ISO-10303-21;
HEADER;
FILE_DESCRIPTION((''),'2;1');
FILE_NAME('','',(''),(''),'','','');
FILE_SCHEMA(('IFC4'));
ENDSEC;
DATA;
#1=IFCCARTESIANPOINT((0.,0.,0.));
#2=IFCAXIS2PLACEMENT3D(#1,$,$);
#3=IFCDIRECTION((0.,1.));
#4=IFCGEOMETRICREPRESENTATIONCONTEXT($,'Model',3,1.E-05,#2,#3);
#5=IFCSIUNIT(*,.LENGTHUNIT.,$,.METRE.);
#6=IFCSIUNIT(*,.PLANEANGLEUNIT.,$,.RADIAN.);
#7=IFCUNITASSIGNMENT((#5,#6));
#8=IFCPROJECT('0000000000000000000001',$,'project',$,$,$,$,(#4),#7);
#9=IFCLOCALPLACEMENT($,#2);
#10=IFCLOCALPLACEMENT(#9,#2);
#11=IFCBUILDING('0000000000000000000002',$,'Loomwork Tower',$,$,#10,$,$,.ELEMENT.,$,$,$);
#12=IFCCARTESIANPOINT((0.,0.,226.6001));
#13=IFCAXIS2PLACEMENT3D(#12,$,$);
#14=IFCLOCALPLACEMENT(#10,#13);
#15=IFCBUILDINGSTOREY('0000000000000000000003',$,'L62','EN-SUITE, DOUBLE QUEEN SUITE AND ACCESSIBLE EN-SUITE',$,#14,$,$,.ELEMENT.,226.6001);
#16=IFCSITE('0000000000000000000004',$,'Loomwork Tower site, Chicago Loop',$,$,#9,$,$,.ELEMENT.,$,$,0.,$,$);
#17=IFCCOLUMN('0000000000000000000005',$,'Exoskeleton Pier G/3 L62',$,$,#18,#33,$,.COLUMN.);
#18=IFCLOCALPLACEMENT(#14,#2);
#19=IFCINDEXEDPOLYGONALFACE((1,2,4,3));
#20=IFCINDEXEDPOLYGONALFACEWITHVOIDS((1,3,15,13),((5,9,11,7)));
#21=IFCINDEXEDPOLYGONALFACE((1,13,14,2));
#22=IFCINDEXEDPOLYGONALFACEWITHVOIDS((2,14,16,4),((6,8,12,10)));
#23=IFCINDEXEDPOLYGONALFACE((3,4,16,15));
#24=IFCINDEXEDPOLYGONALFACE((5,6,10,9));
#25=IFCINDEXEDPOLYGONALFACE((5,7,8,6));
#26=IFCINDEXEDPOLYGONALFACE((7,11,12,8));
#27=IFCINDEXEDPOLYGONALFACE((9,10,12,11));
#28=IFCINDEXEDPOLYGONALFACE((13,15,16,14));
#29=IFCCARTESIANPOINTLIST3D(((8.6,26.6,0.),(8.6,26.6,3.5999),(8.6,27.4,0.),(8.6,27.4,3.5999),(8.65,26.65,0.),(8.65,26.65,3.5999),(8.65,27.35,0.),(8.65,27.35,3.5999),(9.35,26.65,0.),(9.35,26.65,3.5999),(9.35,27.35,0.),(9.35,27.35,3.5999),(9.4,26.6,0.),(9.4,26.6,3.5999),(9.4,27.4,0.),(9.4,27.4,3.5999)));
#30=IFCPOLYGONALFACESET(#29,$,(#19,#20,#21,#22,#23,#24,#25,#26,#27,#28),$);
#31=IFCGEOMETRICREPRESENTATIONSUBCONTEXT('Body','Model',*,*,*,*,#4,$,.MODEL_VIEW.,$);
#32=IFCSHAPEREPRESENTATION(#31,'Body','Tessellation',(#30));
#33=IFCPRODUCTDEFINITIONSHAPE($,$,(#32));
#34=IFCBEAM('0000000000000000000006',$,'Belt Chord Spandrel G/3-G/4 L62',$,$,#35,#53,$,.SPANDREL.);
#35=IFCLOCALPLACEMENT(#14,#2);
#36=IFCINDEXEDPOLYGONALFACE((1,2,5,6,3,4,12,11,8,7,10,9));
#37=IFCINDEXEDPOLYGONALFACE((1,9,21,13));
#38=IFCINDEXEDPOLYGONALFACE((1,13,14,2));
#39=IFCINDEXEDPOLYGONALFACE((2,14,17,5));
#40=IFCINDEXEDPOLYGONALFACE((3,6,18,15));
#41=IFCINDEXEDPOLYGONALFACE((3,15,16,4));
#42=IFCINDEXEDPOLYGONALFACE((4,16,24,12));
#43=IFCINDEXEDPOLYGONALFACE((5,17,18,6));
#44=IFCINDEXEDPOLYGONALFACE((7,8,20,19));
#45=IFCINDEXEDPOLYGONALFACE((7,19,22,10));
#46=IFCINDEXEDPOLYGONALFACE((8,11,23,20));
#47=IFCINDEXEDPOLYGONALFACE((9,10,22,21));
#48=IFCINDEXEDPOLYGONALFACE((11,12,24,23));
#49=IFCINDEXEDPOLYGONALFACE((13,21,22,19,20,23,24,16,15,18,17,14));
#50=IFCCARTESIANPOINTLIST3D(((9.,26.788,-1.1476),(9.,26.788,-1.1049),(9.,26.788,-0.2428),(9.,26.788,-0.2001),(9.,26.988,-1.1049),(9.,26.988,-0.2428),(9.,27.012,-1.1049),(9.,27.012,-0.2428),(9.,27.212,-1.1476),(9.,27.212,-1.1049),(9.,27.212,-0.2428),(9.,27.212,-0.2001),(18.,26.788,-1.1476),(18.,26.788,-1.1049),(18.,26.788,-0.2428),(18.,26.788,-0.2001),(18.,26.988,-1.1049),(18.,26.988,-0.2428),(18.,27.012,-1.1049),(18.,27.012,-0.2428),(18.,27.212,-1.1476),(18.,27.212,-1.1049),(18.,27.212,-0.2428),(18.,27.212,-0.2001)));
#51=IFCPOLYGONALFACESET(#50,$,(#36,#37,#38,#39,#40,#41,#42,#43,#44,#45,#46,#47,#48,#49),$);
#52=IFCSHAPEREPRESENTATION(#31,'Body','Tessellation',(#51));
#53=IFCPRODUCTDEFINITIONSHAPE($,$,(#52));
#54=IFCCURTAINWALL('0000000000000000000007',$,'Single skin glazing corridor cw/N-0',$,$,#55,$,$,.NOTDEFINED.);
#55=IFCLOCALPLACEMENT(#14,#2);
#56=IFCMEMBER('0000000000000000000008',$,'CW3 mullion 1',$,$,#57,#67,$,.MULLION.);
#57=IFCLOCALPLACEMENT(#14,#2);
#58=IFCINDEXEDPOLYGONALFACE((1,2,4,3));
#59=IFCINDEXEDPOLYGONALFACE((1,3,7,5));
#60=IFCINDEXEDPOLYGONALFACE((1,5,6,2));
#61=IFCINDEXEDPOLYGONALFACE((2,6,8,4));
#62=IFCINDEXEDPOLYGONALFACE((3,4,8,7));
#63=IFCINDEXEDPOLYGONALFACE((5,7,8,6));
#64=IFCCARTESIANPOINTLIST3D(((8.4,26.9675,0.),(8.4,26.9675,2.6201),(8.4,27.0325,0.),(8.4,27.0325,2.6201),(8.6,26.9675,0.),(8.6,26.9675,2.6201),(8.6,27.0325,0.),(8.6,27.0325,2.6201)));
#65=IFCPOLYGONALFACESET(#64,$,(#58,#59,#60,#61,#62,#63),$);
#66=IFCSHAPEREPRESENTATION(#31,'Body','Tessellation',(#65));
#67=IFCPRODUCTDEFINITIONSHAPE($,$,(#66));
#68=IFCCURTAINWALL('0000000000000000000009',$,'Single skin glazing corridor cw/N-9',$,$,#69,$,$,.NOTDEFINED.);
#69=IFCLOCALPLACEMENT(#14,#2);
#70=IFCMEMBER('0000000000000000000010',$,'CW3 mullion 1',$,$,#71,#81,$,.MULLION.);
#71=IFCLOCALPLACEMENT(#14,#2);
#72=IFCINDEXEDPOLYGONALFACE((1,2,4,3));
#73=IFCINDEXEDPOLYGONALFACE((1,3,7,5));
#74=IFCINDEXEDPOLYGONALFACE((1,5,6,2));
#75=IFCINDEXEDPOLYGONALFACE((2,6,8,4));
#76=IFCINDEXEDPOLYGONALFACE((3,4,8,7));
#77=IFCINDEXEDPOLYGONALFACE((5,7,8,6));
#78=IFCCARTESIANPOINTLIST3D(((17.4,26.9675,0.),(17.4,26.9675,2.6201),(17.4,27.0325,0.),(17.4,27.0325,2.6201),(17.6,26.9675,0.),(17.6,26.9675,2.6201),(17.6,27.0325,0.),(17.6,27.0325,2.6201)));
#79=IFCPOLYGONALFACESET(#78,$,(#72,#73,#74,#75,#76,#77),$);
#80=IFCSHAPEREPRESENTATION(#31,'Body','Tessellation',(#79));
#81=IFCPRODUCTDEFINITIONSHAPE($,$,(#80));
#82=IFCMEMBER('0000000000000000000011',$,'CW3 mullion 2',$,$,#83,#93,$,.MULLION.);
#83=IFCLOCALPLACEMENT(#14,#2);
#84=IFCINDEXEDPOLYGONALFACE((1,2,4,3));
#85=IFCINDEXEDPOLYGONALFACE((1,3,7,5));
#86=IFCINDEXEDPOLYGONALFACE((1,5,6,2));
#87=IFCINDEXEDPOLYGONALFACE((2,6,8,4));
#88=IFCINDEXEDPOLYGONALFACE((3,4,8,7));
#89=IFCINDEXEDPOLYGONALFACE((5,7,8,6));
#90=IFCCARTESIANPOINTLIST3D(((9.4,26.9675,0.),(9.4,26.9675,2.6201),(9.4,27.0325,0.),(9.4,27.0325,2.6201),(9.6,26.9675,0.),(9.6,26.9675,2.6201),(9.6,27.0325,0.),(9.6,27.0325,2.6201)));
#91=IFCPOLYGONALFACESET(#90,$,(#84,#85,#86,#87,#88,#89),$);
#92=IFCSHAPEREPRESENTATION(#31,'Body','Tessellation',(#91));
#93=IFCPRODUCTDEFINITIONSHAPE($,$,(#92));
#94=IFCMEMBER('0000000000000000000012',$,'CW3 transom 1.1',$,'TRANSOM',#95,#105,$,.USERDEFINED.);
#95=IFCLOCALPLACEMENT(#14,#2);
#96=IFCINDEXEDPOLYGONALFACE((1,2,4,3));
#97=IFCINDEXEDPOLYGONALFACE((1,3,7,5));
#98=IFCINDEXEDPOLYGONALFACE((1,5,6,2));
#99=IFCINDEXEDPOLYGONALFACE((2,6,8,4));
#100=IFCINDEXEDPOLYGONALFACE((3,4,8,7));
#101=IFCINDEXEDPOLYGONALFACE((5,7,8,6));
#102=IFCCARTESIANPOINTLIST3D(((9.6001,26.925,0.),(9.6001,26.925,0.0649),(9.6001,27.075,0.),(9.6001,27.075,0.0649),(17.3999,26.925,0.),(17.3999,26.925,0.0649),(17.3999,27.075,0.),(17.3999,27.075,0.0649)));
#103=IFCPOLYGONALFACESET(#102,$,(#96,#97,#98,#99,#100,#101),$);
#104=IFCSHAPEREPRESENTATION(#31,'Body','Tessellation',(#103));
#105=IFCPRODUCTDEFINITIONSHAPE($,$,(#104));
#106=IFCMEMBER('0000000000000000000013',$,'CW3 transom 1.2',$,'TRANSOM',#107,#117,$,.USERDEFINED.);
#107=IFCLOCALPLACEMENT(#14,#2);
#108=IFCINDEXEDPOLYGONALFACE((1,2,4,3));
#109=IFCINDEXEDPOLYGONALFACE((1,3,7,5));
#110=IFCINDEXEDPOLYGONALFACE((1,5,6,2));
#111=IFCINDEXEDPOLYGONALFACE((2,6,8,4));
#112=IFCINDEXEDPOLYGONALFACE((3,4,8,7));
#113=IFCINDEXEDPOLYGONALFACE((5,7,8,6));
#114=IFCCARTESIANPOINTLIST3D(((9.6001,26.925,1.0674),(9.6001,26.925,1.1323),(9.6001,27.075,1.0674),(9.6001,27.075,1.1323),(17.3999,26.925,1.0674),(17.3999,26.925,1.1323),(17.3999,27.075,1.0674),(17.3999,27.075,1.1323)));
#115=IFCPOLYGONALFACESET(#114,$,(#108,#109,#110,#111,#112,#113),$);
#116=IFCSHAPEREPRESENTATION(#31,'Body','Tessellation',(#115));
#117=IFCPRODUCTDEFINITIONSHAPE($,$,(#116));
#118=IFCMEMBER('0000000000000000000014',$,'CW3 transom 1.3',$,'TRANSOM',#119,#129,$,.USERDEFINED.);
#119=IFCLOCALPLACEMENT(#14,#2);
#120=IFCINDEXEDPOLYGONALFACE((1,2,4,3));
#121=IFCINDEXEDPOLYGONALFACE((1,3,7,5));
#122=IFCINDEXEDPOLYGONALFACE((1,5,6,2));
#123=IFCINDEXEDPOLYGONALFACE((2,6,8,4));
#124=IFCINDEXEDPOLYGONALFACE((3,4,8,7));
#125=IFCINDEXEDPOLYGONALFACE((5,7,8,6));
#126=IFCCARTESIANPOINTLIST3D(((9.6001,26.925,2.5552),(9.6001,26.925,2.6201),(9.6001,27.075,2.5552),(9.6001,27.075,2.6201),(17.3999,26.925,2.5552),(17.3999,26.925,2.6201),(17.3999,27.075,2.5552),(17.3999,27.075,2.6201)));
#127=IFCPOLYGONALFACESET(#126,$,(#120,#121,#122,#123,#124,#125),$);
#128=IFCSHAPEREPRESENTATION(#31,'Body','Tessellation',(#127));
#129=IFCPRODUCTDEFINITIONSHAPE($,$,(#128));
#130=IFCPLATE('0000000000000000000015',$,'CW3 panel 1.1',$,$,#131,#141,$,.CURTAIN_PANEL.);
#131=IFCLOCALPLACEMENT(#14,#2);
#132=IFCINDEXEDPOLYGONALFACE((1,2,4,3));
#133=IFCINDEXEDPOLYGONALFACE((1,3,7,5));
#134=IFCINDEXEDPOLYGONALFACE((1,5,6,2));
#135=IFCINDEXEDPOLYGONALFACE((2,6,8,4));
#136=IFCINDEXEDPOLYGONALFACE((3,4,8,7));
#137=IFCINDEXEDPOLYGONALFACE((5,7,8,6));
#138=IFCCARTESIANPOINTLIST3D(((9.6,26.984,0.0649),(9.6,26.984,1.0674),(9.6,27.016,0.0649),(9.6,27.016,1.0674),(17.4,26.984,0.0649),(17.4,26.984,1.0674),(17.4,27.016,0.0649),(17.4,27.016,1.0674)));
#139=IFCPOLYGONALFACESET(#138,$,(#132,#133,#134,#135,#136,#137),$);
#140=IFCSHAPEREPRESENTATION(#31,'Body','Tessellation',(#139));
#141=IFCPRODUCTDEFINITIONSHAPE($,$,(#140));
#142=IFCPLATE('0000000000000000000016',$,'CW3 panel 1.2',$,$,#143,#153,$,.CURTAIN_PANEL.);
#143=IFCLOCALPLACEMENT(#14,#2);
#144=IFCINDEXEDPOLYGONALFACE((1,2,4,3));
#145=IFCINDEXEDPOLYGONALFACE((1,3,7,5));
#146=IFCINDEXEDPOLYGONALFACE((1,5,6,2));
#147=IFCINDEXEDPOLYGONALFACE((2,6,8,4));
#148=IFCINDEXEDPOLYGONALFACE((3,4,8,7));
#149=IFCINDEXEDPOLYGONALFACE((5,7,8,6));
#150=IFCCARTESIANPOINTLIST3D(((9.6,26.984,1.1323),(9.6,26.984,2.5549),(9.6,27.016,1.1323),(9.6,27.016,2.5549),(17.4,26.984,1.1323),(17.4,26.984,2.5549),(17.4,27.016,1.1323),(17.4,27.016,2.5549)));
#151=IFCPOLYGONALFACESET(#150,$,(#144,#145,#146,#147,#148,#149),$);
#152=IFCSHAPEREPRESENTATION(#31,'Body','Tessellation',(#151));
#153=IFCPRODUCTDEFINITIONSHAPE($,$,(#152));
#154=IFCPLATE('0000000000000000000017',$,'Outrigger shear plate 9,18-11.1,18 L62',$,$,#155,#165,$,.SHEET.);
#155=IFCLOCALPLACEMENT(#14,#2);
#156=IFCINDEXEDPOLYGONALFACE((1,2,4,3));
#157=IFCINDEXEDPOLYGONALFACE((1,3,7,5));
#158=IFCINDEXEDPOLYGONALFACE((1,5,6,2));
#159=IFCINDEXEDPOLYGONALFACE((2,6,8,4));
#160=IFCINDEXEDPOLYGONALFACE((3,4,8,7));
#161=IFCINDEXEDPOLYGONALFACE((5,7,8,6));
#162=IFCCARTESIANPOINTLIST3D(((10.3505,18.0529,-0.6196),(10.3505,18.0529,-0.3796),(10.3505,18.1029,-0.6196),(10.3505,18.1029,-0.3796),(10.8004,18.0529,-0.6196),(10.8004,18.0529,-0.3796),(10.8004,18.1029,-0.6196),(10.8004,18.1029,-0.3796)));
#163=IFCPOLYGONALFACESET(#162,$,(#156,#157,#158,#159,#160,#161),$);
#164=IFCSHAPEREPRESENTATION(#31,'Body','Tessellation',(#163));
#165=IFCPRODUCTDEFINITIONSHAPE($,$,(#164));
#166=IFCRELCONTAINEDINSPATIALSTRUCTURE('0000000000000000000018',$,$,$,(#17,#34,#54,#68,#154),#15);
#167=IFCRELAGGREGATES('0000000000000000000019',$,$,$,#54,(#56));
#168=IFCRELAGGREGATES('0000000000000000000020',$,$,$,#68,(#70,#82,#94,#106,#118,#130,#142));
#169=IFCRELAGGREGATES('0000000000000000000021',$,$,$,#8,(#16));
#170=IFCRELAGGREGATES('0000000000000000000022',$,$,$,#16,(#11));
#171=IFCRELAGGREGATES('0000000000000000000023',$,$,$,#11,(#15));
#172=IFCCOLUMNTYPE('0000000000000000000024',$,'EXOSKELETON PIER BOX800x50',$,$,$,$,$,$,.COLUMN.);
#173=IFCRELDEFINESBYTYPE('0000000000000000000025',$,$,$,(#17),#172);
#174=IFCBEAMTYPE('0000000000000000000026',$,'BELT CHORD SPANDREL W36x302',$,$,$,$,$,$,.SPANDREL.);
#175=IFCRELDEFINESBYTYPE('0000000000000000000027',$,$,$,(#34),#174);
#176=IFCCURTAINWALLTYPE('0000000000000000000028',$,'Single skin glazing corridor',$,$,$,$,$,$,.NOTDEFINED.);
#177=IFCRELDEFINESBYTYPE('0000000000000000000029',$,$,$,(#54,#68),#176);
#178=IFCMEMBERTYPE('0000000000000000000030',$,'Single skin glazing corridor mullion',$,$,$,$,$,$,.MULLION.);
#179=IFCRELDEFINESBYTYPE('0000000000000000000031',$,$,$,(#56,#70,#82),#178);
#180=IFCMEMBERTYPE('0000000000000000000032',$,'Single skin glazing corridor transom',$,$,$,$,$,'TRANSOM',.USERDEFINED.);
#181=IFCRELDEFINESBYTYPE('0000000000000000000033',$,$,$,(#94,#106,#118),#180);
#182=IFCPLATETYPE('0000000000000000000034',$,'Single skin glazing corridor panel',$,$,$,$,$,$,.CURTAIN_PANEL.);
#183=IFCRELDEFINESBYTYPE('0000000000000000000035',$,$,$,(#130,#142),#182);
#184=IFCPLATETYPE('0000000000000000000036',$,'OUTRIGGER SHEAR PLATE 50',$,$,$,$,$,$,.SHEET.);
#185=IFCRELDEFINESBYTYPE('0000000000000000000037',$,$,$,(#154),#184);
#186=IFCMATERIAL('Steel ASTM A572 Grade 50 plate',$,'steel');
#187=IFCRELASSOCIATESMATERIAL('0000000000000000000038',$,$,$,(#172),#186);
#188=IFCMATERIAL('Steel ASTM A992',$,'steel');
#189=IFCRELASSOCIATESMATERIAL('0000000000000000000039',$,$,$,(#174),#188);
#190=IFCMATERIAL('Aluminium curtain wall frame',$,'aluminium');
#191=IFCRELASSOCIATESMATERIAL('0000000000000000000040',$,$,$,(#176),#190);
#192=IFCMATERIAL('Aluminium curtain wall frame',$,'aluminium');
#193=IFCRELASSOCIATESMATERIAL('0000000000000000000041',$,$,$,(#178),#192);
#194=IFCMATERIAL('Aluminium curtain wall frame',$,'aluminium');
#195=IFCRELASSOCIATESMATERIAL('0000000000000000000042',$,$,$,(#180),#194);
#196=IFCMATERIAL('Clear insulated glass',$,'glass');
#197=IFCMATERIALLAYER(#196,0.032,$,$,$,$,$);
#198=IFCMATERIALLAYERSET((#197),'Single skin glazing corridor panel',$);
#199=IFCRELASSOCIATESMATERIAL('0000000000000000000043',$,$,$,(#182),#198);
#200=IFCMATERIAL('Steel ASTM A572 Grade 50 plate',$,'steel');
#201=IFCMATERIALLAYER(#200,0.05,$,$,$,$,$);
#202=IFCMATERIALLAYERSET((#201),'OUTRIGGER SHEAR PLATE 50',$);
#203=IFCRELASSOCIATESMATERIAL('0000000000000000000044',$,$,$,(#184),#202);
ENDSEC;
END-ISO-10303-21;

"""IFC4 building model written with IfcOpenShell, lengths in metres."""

from ifc_helpers import new_model, si_unit, direction, frame, origin, origin_2d, place, context, subcontext, project, spatial, rectangle, hollow_rectangle, i_section, extrude, material, layer, layer_set, material_profile, profile_set, type_object, element, aggregate, save


model = new_model("IFC4")

# Units and contexts
model_context = context("Model", 3, precision=1e-05, world=origin(), true_north=direction((0.0, 1.0)))
body_context = subcontext(model_context, "Body", "Model", "MODEL_VIEW")
ifc_project = project(units=[si_unit("LENGTHUNIT", "METRE"), si_unit("PLANEANGLEUNIT", "RADIAN")], contexts=[model_context])

# Site, building, storey
site_placement = place(None, origin())
site = spatial("IfcSite", under=ifc_project, at=site_placement, Name="Loomwork Tower site, Chicago Loop", CompositionType="ELEMENT", RefElevation=0.0)
building_placement = place(site_placement, origin())
building = spatial("IfcBuilding", under=site, at=building_placement, Name="Loomwork Tower", CompositionType="ELEMENT")
storey_placement = place(building_placement, frame((0.0, 0.0, 226.6001)))
storey = spatial("IfcBuildingStorey", under=building, at=storey_placement, Name="L62", Description="EN-SUITE, DOUBLE QUEEN SUITE AND ACCESSIBLE EN-SUITE", CompositionType="ELEMENT", Elevation=226.6001)

# Column
ifc_material_1 = material(Name="Steel ASTM A572 Grade 50 plate", Category="steel")
ifc_material_profile_1 = material_profile(ifc_material_1, hollow_rectangle(XDim=0.8, YDim=0.8, WallThickness=0.05, at=origin_2d()), Name="BOX800x50")
ifc_profile_set_1 = profile_set([ifc_material_profile_1], Name="Steel ASTM A572 Grade 50 plate")
column_type = type_object("IfcColumnType", Name="EXOSKELETON PIER BOX800x50", PredefinedType="COLUMN", material=ifc_profile_set_1)
column_placement = place(storey_placement, frame((9.0, 27.0, 0.0), z_axis=(0.0, 0.0, 1.0), x_axis=(1.0, 0.0, 0.0)))
element("IfcColumn", 1, at=column_placement, inside=storey, type_object=column_type, Name="Exoskeleton Pier G/3 L62", PredefinedType="COLUMN", context=body_context, shape_type="SweptSolid", body=[
    extrude(hollow_rectangle(XDim=0.8, YDim=0.8, WallThickness=0.05, at=origin_2d()), origin(), (0.0, 0.0, 1.0), 3.5999),
])

# Beam
ifc_material_2 = material(Name="Steel ASTM A992", Category="steel")
ifc_material_profile_2 = material_profile(ifc_material_2, i_section(OverallWidth=0.4241, OverallDepth=0.9475, WebThickness=0.0239, FlangeThickness=0.0427, at=origin_2d()), Name="W36x302")
ifc_profile_set_2 = profile_set([ifc_material_profile_2], Name="Steel ASTM A992")
beam_type = type_object("IfcBeamType", Name="BELT CHORD SPANDREL W36x302", PredefinedType="SPANDREL", material=ifc_profile_set_2)
beam_placement = place(storey_placement, frame((9.0, 27.0, -0.6738), z_axis=(1.0, 0.0, 0.0), x_axis=(0.0, 1.0, 0.0)))
element("IfcBeam", 2, at=beam_placement, inside=storey, type_object=beam_type, Name="Belt Chord Spandrel G/3-G/4 L62", PredefinedType="SPANDREL", context=body_context, shape_type="SweptSolid", body=[
    extrude(i_section(OverallWidth=0.4241, OverallDepth=0.9475, WebThickness=0.0239, FlangeThickness=0.0427, at=origin_2d()), origin(), (0.0, 0.0, 1.0), 9.0),
])

# Curtain wall, member
ifc_material_3 = material(Name="Aluminium curtain wall frame", Category="aluminium")
curtain_wall_type = type_object("IfcCurtainWallType", Name="Single skin glazing corridor", PredefinedType="NOTDEFINED", material=ifc_material_3)
curtain_wall_1_placement = place(storey_placement, origin())
curtain_wall_1 = element("IfcCurtainWall", 3, at=curtain_wall_1_placement, inside=storey, type_object=curtain_wall_type, Name="Single skin glazing corridor cw/N-0", PredefinedType="NOTDEFINED")
ifc_material_4 = material(Name="Aluminium curtain wall frame", Category="aluminium")
ifc_material_profile_3 = material_profile(ifc_material_4, rectangle(XDim=0.0649, YDim=0.2, at=origin_2d()), Name="AL 65x200")
ifc_profile_set_3 = profile_set([ifc_material_profile_3], Name="Aluminium curtain wall frame")
member_type_1 = type_object("IfcMemberType", Name="Single skin glazing corridor mullion", PredefinedType="MULLION", material=ifc_profile_set_3)
member_1_placement = place(storey_placement, frame((8.5, 27.0, 0.0), z_axis=(0.0, 0.0, 1.0), x_axis=(0.0, -1.0, 0.0)))
member_1 = element("IfcMember", 4, at=member_1_placement, type_object=member_type_1, Name="CW3 mullion 1", PredefinedType="MULLION", context=body_context, shape_type="SweptSolid", body=[
    extrude(rectangle(XDim=0.0649, YDim=0.2, at=origin_2d()), origin(), (0.0, 0.0, 1.0), 2.6201),
])
aggregate(curtain_wall_1, [member_1])

# Curtain wall, members, plates
curtain_wall_2_placement = place(storey_placement, origin())
curtain_wall_2 = element("IfcCurtainWall", 5, at=curtain_wall_2_placement, inside=storey, type_object=curtain_wall_type, Name="Single skin glazing corridor cw/N-9", PredefinedType="NOTDEFINED")
member_2_placement = place(storey_placement, frame((17.5, 27.0, 0.0), z_axis=(0.0, 0.0, 1.0), x_axis=(0.0, -1.0, 0.0)))
member_2 = element("IfcMember", 6, at=member_2_placement, type_object=member_type_1, Name="CW3 mullion 1", PredefinedType="MULLION", context=body_context, shape_type="SweptSolid", body=[
    extrude(rectangle(XDim=0.0649, YDim=0.2, at=origin_2d()), origin(), (0.0, 0.0, 1.0), 2.6201),
])
member_3_placement = place(storey_placement, frame((9.5, 27.0, 0.0), z_axis=(0.0, 0.0, 1.0), x_axis=(0.0, -1.0, 0.0)))
member_3 = element("IfcMember", 7, at=member_3_placement, type_object=member_type_1, Name="CW3 mullion 2", PredefinedType="MULLION", context=body_context, shape_type="SweptSolid", body=[
    extrude(rectangle(XDim=0.0649, YDim=0.2, at=origin_2d()), origin(), (0.0, 0.0, 1.0), 2.6201),
])
ifc_material_5 = material(Name="Aluminium curtain wall frame", Category="aluminium")
ifc_material_profile_4 = material_profile(ifc_material_5, rectangle(XDim=0.1499, YDim=0.0649, at=origin_2d()), Name="AL 65x150")
ifc_profile_set_4 = profile_set([ifc_material_profile_4], Name="Aluminium curtain wall frame")
member_type_2 = type_object("IfcMemberType", Name="Single skin glazing corridor transom", ElementType="TRANSOM", PredefinedType="USERDEFINED", material=ifc_profile_set_4)
member_4_placement = place(storey_placement, frame((17.3999, 27.0, 0.0325), z_axis=(-1.0, 0.0, 0.0), x_axis=(0.0, -1.0, 0.0)))
member_4 = element("IfcMember", 8, at=member_4_placement, type_object=member_type_2, Name="CW3 transom 1.1", ObjectType="TRANSOM", PredefinedType="USERDEFINED", context=body_context, shape_type="SweptSolid", body=[
    extrude(rectangle(XDim=0.1499, YDim=0.0649, at=origin_2d()), origin(), (0.0, 0.0, 1.0), 7.7998),
])
member_5_placement = place(storey_placement, frame((17.3999, 27.0, 1.0999), z_axis=(-1.0, 0.0, 0.0), x_axis=(0.0, -1.0, 0.0)))
member_5 = element("IfcMember", 9, at=member_5_placement, type_object=member_type_2, Name="CW3 transom 1.2", ObjectType="TRANSOM", PredefinedType="USERDEFINED", context=body_context, shape_type="SweptSolid", body=[
    extrude(rectangle(XDim=0.1499, YDim=0.0649, at=origin_2d()), origin(), (0.0, 0.0, 1.0), 7.7998),
])
member_6_placement = place(storey_placement, frame((17.3999, 27.0, 2.5876), z_axis=(-1.0, 0.0, 0.0), x_axis=(0.0, -1.0, 0.0)))
member_6 = element("IfcMember", 10, at=member_6_placement, type_object=member_type_2, Name="CW3 transom 1.3", ObjectType="TRANSOM", PredefinedType="USERDEFINED", context=body_context, shape_type="SweptSolid", body=[
    extrude(rectangle(XDim=0.1499, YDim=0.0649, at=origin_2d()), origin(), (0.0, 0.0, 1.0), 7.7998),
])
ifc_material_6 = material(Name="Clear insulated glass", Category="glass")
ifc_layer_1 = layer(ifc_material_6, 0.032)
ifc_layer_set_1 = layer_set([ifc_layer_1], Name="Single skin glazing corridor panel")
plate_type_1 = type_object("IfcPlateType", Name="Single skin glazing corridor panel", PredefinedType="CURTAIN_PANEL", material=ifc_layer_set_1)
plate_1_placement = place(storey_placement, frame((13.5, 27.0, 0.0649), z_axis=(0.0, 0.0, 1.0), x_axis=(-1.0, 0.0, 0.0)))
plate_1 = element("IfcPlate", 11, at=plate_1_placement, type_object=plate_type_1, Name="CW3 panel 1.1", PredefinedType="CURTAIN_PANEL", context=body_context, shape_type="SweptSolid", body=[
    extrude(rectangle(XDim=7.8, YDim=0.032, at=origin_2d()), origin(), (0.0, 0.0, 1.0), 1.0024),
])
plate_2_placement = place(storey_placement, frame((13.5, 27.0, 1.1323), z_axis=(0.0, 0.0, 1.0), x_axis=(-1.0, 0.0, 0.0)))
plate_2 = element("IfcPlate", 12, at=plate_2_placement, type_object=plate_type_1, Name="CW3 panel 1.2", PredefinedType="CURTAIN_PANEL", context=body_context, shape_type="SweptSolid", body=[
    extrude(rectangle(XDim=7.8, YDim=0.032, at=origin_2d()), origin(), (0.0, 0.0, 1.0), 1.4226),
])
aggregate(curtain_wall_2, [member_2, member_3, member_4, member_5, member_6, plate_1, plate_2])

# Plate
ifc_material_7 = material(Name="Steel ASTM A572 Grade 50 plate", Category="steel")
ifc_layer_2 = layer(ifc_material_7, 0.05)
ifc_layer_set_2 = layer_set([ifc_layer_2], Name="OUTRIGGER SHEAR PLATE 50")
plate_type_2 = type_object("IfcPlateType", Name="OUTRIGGER SHEAR PLATE 50", PredefinedType="SHEET", material=ifc_layer_set_2)
plate_3_placement = place(storey_placement, frame((10.5754, 18.0779, -0.6196), z_axis=(0.0, 0.0, 1.0), x_axis=(1.0, 0.0, 0.0)))
element("IfcPlate", 13, at=plate_3_placement, inside=storey, type_object=plate_type_2, Name="Outrigger shear plate 9,18-11.1,18 L62", PredefinedType="SHEET", context=body_context, shape_type="SweptSolid", body=[
    extrude(rectangle(XDim=0.45, YDim=0.05, at=origin_2d()), origin(), (0.0, 0.0, 1.0), 0.24),
])

save(model, "model.ifc")
